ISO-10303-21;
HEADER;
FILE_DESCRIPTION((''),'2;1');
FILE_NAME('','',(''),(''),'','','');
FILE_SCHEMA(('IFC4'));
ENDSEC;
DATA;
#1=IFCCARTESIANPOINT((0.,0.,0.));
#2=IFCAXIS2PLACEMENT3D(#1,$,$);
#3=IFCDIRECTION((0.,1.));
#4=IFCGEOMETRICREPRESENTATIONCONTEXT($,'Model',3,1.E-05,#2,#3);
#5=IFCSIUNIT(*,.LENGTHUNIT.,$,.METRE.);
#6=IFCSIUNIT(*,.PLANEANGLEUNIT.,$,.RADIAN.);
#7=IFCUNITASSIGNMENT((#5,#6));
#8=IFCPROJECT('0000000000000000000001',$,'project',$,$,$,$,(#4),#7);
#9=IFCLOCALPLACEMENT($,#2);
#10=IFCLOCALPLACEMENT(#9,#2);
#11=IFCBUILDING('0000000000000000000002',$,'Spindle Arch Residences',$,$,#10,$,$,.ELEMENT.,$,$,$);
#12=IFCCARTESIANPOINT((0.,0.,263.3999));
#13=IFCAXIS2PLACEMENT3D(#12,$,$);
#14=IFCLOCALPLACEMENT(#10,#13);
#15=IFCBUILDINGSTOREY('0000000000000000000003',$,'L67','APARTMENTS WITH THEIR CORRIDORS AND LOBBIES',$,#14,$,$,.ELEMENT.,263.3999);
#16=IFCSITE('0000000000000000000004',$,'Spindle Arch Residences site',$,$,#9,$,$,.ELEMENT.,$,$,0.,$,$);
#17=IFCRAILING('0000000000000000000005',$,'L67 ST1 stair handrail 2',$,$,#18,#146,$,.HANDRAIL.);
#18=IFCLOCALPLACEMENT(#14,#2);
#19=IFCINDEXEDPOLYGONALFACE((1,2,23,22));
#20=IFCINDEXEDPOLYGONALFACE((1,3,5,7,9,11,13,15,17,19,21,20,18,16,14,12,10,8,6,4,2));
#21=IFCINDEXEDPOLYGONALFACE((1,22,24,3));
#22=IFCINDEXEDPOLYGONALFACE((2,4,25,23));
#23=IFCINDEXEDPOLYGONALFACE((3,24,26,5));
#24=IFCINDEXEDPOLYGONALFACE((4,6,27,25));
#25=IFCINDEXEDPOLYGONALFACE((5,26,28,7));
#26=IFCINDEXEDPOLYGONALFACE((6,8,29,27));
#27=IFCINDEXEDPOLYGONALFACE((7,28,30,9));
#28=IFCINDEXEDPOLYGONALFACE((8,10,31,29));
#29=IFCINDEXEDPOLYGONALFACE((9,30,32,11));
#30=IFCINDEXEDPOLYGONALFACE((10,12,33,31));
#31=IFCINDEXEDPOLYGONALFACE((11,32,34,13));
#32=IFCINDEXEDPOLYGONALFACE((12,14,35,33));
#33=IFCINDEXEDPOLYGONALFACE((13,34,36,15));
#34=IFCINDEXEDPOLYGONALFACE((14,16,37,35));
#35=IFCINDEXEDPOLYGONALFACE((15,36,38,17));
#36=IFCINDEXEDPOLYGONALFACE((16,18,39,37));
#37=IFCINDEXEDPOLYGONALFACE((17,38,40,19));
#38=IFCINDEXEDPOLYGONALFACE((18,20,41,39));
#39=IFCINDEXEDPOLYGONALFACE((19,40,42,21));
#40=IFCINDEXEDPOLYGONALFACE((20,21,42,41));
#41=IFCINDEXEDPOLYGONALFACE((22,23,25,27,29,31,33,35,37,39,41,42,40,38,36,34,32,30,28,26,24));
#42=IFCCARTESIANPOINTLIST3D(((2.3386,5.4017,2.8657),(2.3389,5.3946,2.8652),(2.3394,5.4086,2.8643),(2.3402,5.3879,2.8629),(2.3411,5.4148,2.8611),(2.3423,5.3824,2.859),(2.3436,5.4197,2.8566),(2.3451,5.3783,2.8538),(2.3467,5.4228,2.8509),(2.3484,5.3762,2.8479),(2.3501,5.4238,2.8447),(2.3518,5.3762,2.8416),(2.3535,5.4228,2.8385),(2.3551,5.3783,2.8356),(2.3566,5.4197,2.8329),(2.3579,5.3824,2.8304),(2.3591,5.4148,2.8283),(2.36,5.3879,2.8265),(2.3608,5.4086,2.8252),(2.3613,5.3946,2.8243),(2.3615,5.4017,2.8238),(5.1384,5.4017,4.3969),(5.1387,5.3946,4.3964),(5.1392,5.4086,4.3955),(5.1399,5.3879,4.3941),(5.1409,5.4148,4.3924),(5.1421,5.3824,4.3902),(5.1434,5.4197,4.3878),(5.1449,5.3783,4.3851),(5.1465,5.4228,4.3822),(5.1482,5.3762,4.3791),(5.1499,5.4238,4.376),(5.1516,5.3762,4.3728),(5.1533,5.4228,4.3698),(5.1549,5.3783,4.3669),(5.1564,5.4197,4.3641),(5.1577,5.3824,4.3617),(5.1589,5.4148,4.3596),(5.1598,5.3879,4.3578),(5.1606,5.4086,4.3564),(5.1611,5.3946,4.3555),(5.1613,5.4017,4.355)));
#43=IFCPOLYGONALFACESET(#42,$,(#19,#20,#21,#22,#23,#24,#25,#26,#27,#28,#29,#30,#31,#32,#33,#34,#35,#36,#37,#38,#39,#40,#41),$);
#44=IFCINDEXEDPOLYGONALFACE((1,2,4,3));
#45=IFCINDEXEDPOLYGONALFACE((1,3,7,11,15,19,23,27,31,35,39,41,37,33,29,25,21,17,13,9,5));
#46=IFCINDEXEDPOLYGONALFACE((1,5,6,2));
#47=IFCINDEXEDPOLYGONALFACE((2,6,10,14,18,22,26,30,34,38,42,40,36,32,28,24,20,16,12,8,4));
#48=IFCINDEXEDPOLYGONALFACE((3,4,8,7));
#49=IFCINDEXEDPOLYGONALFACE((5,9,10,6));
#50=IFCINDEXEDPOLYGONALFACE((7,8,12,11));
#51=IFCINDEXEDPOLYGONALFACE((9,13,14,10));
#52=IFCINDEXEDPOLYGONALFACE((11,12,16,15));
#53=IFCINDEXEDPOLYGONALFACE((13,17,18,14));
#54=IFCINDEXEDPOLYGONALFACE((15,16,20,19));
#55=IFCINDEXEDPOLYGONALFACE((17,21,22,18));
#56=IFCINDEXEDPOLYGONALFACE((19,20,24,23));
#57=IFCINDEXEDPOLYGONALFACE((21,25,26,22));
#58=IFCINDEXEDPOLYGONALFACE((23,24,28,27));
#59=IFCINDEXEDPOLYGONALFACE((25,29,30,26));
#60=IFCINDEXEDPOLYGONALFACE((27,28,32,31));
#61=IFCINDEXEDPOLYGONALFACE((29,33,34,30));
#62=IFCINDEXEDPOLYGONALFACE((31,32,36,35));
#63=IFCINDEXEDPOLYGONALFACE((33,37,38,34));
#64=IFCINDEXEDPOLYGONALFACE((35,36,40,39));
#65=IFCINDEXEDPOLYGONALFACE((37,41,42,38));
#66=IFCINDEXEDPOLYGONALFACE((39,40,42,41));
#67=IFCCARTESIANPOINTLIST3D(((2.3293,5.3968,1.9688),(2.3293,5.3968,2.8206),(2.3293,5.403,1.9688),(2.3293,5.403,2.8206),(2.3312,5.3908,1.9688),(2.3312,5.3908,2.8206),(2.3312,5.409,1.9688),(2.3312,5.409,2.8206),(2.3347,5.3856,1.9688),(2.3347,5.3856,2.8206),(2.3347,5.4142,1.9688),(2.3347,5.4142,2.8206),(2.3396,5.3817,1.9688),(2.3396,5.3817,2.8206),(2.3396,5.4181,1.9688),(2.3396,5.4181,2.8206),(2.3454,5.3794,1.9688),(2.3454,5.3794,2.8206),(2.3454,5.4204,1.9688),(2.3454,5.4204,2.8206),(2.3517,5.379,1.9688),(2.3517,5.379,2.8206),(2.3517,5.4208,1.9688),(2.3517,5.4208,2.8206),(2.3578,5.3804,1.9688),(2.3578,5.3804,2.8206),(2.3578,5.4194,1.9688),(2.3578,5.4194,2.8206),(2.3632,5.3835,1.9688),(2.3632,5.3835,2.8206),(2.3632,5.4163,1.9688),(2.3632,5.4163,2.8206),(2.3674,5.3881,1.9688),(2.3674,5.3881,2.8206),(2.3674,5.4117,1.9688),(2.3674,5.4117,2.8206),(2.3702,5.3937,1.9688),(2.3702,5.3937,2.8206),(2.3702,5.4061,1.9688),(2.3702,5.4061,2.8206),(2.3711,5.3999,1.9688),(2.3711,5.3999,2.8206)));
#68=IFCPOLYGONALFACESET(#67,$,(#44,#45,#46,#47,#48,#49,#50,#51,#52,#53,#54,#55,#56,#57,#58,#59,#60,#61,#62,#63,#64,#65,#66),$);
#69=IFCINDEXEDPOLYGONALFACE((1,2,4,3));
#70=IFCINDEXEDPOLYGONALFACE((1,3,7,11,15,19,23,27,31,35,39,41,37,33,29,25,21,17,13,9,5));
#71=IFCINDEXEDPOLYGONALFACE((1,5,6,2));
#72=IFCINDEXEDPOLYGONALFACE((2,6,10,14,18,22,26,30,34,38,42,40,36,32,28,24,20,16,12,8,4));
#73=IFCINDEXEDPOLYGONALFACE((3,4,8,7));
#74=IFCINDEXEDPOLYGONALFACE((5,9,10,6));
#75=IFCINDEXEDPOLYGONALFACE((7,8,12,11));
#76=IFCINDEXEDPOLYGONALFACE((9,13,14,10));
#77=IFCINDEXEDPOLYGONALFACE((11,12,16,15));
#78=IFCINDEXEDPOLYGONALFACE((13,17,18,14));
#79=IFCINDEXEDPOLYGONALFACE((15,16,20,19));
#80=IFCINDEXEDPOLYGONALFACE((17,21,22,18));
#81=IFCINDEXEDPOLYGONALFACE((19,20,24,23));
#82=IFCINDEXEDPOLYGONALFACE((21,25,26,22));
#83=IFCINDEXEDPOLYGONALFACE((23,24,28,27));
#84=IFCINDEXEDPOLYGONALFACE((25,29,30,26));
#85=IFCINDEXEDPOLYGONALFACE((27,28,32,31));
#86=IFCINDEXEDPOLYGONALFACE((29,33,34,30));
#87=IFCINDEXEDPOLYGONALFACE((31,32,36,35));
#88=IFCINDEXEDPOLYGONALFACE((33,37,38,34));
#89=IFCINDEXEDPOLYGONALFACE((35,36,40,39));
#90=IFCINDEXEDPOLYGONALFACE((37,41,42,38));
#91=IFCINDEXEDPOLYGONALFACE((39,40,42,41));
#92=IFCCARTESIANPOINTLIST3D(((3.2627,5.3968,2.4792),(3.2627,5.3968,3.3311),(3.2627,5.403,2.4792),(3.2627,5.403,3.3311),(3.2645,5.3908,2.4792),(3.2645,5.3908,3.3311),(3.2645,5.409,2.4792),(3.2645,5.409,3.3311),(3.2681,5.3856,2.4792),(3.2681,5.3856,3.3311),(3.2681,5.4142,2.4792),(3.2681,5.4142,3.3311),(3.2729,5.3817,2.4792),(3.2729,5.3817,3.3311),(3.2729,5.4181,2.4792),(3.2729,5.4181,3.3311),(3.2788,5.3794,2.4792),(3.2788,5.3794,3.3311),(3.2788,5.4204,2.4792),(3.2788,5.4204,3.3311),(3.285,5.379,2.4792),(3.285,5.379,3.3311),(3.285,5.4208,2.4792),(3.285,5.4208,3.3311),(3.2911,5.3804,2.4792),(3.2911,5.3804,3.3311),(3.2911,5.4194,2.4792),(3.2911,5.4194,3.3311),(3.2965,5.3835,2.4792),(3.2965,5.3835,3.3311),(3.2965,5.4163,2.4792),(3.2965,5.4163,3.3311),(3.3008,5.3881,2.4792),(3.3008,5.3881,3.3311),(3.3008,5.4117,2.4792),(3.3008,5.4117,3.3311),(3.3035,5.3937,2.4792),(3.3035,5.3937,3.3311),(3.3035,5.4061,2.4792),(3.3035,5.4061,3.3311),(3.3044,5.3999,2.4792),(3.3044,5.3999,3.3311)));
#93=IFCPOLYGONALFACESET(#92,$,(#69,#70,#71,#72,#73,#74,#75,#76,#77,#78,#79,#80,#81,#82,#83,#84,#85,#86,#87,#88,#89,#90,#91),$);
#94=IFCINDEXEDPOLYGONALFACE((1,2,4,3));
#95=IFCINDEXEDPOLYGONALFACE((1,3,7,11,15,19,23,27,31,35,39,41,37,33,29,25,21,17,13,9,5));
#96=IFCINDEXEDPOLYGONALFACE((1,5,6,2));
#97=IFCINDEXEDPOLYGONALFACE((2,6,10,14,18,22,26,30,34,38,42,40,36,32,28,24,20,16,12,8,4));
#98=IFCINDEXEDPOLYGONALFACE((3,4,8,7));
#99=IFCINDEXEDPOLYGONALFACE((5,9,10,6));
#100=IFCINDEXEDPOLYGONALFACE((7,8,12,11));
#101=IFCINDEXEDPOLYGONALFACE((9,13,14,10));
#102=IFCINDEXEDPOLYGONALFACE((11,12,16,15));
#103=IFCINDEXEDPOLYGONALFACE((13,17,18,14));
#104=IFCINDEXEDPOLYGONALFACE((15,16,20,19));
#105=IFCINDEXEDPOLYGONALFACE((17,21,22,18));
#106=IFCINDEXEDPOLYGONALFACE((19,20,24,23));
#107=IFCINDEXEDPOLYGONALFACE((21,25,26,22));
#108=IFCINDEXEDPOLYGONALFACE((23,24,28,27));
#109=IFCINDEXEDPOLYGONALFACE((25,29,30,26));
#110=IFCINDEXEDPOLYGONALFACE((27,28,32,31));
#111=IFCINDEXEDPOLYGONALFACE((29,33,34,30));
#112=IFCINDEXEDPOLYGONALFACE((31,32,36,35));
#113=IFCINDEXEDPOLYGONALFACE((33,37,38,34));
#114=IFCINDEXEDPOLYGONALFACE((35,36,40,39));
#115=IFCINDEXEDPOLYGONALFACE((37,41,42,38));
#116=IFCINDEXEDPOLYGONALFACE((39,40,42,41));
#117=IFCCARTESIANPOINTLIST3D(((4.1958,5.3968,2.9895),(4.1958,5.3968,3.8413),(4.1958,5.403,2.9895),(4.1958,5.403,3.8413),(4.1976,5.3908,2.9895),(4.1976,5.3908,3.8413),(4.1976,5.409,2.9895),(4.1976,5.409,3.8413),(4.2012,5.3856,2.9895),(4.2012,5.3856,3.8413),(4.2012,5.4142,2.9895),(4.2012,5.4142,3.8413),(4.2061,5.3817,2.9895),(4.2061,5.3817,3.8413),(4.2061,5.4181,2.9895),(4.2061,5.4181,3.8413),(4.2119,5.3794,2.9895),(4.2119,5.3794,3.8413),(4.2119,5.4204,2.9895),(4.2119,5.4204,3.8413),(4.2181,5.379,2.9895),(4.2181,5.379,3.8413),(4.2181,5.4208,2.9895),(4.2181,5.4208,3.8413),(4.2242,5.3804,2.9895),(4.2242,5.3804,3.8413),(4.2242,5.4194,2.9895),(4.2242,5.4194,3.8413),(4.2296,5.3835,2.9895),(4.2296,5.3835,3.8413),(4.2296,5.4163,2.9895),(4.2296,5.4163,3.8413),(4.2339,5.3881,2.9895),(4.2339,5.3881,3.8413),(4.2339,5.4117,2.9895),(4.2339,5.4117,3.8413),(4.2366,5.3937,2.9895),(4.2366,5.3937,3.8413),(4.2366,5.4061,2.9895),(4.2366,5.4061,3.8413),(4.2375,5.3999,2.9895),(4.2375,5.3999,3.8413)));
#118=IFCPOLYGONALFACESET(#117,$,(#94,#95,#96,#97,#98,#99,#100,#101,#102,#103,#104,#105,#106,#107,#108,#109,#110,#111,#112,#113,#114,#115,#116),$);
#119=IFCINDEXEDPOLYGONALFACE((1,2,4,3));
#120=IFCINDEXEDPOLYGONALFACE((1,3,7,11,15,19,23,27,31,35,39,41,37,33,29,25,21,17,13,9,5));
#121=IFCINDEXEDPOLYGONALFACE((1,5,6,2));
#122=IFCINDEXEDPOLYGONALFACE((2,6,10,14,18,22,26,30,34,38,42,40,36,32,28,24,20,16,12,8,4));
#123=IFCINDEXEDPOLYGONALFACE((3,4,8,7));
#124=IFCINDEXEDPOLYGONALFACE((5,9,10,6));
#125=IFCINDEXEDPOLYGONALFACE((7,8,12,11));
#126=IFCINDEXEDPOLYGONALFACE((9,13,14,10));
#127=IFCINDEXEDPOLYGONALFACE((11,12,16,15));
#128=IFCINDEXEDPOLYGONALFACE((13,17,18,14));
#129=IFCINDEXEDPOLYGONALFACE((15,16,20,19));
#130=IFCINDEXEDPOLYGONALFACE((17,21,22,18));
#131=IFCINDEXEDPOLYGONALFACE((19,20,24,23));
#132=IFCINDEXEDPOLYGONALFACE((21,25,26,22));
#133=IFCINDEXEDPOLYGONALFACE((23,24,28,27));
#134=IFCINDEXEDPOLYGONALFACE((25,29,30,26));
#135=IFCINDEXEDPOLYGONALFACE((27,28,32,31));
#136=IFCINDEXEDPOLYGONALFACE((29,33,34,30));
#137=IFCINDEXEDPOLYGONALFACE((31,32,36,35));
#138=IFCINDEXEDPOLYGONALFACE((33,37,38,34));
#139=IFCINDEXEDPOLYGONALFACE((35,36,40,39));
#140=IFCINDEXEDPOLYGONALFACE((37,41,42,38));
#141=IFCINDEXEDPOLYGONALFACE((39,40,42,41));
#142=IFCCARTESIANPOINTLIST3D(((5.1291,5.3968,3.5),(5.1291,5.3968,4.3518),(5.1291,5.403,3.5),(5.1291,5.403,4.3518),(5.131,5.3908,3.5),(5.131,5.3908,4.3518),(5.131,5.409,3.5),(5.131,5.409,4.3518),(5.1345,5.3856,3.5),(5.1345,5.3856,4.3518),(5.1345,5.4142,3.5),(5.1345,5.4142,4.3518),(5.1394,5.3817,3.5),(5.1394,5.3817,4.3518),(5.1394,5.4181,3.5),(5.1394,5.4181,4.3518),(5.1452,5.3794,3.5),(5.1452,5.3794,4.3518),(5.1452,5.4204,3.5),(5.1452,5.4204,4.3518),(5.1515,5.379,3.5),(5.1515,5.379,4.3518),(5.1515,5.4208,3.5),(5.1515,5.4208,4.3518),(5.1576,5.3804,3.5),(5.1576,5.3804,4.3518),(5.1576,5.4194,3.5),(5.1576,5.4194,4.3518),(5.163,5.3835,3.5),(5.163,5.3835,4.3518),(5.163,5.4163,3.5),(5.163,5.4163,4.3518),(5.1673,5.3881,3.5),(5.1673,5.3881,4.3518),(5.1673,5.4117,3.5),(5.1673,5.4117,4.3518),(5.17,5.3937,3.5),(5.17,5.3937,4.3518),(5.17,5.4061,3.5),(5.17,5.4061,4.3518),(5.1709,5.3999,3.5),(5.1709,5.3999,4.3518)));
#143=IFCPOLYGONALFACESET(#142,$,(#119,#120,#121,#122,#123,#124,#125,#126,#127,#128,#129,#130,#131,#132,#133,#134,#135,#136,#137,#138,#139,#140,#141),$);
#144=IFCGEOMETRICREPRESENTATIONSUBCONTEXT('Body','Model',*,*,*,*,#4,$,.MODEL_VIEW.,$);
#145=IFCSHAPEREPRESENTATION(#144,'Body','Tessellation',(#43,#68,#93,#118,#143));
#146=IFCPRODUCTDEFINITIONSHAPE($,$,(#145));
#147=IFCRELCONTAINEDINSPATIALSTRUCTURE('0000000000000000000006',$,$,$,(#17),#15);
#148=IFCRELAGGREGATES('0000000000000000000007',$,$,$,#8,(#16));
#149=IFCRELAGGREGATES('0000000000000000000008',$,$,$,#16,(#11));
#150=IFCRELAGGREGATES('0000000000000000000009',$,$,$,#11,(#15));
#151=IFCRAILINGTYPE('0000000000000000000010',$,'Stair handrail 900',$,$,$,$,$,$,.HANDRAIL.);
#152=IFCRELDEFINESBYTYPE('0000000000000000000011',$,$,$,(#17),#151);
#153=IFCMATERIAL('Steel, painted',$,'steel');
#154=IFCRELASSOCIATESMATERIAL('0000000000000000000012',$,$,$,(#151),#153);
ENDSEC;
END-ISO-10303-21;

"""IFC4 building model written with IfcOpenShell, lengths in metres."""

from ifc_helpers import new_model, si_unit, direction, frame, origin, origin_2d, place, context, subcontext, project, spatial, circle, extrude, material, type_object, element, save


model = new_model("IFC4")

# Units and contexts
model_context = context("Model", 3, precision=1e-05, world=origin(), true_north=direction((0.0, 1.0)))
body_context = subcontext(model_context, "Body", "Model", "MODEL_VIEW")
ifc_project = project(units=[si_unit("LENGTHUNIT", "METRE"), si_unit("PLANEANGLEUNIT", "RADIAN")], contexts=[model_context])

# Site, building, storey
site_placement = place(None, origin())
site = spatial("IfcSite", under=ifc_project, at=site_placement, Name="Spindle Arch Residences site", CompositionType="ELEMENT", RefElevation=0.0)
building_placement = place(site_placement, origin())
building = spatial("IfcBuilding", under=site, at=building_placement, Name="Spindle Arch Residences", CompositionType="ELEMENT")
storey_placement = place(building_placement, frame((0.0, 0.0, 263.3999)))
storey = spatial("IfcBuildingStorey", under=building, at=storey_placement, Name="L67", Description="APARTMENTS WITH THEIR CORRIDORS AND LOBBIES", CompositionType="ELEMENT", Elevation=263.3999)

# Railing
ifc_material_1 = material(Name="Steel, painted", Category="steel")
railing_type_1 = type_object("IfcRailingType", Name="Stair handrail 900", PredefinedType="HANDRAIL", material=ifc_material_1)
for number, where, name in (
    (1, (2.3501, 5.3999, 1.9688), "L67 ST1 stair handrail 2"),
):
    element("IfcRailing", number, at=place(storey_placement, frame(where)), inside=storey, type_object=railing_type_1, Name=name, PredefinedType="HANDRAIL", context=body_context, shape_type="SweptSolid", body=[
        extrude(circle(Radius=0.0239, at=origin_2d()), frame((0.0, 0.0, 0.876), z_axis=(0.877357, 0.0, 0.479838), x_axis=(0.0, 1.0, 0.0)), (0.0, 0.0, 1.0), 3.1912),
        extrude(circle(Radius=0.021, at=origin_2d()), origin(), (0.0, 0.0, 1.0), 0.8518),
        extrude(circle(Radius=0.021, at=origin_2d()), frame((0.9333, 0.0, 0.5105)), (0.0, 0.0, 1.0), 0.8518),
        extrude(circle(Radius=0.021, at=origin_2d()), frame((1.8665, 0.0, 1.0208)), (0.0, 0.0, 1.0), 0.8518),
        extrude(circle(Radius=0.021, at=origin_2d()), frame((2.7998, 0.0, 1.5312)), (0.0, 0.0, 1.0), 0.8518),
    ])

save(model, "model.ifc")
